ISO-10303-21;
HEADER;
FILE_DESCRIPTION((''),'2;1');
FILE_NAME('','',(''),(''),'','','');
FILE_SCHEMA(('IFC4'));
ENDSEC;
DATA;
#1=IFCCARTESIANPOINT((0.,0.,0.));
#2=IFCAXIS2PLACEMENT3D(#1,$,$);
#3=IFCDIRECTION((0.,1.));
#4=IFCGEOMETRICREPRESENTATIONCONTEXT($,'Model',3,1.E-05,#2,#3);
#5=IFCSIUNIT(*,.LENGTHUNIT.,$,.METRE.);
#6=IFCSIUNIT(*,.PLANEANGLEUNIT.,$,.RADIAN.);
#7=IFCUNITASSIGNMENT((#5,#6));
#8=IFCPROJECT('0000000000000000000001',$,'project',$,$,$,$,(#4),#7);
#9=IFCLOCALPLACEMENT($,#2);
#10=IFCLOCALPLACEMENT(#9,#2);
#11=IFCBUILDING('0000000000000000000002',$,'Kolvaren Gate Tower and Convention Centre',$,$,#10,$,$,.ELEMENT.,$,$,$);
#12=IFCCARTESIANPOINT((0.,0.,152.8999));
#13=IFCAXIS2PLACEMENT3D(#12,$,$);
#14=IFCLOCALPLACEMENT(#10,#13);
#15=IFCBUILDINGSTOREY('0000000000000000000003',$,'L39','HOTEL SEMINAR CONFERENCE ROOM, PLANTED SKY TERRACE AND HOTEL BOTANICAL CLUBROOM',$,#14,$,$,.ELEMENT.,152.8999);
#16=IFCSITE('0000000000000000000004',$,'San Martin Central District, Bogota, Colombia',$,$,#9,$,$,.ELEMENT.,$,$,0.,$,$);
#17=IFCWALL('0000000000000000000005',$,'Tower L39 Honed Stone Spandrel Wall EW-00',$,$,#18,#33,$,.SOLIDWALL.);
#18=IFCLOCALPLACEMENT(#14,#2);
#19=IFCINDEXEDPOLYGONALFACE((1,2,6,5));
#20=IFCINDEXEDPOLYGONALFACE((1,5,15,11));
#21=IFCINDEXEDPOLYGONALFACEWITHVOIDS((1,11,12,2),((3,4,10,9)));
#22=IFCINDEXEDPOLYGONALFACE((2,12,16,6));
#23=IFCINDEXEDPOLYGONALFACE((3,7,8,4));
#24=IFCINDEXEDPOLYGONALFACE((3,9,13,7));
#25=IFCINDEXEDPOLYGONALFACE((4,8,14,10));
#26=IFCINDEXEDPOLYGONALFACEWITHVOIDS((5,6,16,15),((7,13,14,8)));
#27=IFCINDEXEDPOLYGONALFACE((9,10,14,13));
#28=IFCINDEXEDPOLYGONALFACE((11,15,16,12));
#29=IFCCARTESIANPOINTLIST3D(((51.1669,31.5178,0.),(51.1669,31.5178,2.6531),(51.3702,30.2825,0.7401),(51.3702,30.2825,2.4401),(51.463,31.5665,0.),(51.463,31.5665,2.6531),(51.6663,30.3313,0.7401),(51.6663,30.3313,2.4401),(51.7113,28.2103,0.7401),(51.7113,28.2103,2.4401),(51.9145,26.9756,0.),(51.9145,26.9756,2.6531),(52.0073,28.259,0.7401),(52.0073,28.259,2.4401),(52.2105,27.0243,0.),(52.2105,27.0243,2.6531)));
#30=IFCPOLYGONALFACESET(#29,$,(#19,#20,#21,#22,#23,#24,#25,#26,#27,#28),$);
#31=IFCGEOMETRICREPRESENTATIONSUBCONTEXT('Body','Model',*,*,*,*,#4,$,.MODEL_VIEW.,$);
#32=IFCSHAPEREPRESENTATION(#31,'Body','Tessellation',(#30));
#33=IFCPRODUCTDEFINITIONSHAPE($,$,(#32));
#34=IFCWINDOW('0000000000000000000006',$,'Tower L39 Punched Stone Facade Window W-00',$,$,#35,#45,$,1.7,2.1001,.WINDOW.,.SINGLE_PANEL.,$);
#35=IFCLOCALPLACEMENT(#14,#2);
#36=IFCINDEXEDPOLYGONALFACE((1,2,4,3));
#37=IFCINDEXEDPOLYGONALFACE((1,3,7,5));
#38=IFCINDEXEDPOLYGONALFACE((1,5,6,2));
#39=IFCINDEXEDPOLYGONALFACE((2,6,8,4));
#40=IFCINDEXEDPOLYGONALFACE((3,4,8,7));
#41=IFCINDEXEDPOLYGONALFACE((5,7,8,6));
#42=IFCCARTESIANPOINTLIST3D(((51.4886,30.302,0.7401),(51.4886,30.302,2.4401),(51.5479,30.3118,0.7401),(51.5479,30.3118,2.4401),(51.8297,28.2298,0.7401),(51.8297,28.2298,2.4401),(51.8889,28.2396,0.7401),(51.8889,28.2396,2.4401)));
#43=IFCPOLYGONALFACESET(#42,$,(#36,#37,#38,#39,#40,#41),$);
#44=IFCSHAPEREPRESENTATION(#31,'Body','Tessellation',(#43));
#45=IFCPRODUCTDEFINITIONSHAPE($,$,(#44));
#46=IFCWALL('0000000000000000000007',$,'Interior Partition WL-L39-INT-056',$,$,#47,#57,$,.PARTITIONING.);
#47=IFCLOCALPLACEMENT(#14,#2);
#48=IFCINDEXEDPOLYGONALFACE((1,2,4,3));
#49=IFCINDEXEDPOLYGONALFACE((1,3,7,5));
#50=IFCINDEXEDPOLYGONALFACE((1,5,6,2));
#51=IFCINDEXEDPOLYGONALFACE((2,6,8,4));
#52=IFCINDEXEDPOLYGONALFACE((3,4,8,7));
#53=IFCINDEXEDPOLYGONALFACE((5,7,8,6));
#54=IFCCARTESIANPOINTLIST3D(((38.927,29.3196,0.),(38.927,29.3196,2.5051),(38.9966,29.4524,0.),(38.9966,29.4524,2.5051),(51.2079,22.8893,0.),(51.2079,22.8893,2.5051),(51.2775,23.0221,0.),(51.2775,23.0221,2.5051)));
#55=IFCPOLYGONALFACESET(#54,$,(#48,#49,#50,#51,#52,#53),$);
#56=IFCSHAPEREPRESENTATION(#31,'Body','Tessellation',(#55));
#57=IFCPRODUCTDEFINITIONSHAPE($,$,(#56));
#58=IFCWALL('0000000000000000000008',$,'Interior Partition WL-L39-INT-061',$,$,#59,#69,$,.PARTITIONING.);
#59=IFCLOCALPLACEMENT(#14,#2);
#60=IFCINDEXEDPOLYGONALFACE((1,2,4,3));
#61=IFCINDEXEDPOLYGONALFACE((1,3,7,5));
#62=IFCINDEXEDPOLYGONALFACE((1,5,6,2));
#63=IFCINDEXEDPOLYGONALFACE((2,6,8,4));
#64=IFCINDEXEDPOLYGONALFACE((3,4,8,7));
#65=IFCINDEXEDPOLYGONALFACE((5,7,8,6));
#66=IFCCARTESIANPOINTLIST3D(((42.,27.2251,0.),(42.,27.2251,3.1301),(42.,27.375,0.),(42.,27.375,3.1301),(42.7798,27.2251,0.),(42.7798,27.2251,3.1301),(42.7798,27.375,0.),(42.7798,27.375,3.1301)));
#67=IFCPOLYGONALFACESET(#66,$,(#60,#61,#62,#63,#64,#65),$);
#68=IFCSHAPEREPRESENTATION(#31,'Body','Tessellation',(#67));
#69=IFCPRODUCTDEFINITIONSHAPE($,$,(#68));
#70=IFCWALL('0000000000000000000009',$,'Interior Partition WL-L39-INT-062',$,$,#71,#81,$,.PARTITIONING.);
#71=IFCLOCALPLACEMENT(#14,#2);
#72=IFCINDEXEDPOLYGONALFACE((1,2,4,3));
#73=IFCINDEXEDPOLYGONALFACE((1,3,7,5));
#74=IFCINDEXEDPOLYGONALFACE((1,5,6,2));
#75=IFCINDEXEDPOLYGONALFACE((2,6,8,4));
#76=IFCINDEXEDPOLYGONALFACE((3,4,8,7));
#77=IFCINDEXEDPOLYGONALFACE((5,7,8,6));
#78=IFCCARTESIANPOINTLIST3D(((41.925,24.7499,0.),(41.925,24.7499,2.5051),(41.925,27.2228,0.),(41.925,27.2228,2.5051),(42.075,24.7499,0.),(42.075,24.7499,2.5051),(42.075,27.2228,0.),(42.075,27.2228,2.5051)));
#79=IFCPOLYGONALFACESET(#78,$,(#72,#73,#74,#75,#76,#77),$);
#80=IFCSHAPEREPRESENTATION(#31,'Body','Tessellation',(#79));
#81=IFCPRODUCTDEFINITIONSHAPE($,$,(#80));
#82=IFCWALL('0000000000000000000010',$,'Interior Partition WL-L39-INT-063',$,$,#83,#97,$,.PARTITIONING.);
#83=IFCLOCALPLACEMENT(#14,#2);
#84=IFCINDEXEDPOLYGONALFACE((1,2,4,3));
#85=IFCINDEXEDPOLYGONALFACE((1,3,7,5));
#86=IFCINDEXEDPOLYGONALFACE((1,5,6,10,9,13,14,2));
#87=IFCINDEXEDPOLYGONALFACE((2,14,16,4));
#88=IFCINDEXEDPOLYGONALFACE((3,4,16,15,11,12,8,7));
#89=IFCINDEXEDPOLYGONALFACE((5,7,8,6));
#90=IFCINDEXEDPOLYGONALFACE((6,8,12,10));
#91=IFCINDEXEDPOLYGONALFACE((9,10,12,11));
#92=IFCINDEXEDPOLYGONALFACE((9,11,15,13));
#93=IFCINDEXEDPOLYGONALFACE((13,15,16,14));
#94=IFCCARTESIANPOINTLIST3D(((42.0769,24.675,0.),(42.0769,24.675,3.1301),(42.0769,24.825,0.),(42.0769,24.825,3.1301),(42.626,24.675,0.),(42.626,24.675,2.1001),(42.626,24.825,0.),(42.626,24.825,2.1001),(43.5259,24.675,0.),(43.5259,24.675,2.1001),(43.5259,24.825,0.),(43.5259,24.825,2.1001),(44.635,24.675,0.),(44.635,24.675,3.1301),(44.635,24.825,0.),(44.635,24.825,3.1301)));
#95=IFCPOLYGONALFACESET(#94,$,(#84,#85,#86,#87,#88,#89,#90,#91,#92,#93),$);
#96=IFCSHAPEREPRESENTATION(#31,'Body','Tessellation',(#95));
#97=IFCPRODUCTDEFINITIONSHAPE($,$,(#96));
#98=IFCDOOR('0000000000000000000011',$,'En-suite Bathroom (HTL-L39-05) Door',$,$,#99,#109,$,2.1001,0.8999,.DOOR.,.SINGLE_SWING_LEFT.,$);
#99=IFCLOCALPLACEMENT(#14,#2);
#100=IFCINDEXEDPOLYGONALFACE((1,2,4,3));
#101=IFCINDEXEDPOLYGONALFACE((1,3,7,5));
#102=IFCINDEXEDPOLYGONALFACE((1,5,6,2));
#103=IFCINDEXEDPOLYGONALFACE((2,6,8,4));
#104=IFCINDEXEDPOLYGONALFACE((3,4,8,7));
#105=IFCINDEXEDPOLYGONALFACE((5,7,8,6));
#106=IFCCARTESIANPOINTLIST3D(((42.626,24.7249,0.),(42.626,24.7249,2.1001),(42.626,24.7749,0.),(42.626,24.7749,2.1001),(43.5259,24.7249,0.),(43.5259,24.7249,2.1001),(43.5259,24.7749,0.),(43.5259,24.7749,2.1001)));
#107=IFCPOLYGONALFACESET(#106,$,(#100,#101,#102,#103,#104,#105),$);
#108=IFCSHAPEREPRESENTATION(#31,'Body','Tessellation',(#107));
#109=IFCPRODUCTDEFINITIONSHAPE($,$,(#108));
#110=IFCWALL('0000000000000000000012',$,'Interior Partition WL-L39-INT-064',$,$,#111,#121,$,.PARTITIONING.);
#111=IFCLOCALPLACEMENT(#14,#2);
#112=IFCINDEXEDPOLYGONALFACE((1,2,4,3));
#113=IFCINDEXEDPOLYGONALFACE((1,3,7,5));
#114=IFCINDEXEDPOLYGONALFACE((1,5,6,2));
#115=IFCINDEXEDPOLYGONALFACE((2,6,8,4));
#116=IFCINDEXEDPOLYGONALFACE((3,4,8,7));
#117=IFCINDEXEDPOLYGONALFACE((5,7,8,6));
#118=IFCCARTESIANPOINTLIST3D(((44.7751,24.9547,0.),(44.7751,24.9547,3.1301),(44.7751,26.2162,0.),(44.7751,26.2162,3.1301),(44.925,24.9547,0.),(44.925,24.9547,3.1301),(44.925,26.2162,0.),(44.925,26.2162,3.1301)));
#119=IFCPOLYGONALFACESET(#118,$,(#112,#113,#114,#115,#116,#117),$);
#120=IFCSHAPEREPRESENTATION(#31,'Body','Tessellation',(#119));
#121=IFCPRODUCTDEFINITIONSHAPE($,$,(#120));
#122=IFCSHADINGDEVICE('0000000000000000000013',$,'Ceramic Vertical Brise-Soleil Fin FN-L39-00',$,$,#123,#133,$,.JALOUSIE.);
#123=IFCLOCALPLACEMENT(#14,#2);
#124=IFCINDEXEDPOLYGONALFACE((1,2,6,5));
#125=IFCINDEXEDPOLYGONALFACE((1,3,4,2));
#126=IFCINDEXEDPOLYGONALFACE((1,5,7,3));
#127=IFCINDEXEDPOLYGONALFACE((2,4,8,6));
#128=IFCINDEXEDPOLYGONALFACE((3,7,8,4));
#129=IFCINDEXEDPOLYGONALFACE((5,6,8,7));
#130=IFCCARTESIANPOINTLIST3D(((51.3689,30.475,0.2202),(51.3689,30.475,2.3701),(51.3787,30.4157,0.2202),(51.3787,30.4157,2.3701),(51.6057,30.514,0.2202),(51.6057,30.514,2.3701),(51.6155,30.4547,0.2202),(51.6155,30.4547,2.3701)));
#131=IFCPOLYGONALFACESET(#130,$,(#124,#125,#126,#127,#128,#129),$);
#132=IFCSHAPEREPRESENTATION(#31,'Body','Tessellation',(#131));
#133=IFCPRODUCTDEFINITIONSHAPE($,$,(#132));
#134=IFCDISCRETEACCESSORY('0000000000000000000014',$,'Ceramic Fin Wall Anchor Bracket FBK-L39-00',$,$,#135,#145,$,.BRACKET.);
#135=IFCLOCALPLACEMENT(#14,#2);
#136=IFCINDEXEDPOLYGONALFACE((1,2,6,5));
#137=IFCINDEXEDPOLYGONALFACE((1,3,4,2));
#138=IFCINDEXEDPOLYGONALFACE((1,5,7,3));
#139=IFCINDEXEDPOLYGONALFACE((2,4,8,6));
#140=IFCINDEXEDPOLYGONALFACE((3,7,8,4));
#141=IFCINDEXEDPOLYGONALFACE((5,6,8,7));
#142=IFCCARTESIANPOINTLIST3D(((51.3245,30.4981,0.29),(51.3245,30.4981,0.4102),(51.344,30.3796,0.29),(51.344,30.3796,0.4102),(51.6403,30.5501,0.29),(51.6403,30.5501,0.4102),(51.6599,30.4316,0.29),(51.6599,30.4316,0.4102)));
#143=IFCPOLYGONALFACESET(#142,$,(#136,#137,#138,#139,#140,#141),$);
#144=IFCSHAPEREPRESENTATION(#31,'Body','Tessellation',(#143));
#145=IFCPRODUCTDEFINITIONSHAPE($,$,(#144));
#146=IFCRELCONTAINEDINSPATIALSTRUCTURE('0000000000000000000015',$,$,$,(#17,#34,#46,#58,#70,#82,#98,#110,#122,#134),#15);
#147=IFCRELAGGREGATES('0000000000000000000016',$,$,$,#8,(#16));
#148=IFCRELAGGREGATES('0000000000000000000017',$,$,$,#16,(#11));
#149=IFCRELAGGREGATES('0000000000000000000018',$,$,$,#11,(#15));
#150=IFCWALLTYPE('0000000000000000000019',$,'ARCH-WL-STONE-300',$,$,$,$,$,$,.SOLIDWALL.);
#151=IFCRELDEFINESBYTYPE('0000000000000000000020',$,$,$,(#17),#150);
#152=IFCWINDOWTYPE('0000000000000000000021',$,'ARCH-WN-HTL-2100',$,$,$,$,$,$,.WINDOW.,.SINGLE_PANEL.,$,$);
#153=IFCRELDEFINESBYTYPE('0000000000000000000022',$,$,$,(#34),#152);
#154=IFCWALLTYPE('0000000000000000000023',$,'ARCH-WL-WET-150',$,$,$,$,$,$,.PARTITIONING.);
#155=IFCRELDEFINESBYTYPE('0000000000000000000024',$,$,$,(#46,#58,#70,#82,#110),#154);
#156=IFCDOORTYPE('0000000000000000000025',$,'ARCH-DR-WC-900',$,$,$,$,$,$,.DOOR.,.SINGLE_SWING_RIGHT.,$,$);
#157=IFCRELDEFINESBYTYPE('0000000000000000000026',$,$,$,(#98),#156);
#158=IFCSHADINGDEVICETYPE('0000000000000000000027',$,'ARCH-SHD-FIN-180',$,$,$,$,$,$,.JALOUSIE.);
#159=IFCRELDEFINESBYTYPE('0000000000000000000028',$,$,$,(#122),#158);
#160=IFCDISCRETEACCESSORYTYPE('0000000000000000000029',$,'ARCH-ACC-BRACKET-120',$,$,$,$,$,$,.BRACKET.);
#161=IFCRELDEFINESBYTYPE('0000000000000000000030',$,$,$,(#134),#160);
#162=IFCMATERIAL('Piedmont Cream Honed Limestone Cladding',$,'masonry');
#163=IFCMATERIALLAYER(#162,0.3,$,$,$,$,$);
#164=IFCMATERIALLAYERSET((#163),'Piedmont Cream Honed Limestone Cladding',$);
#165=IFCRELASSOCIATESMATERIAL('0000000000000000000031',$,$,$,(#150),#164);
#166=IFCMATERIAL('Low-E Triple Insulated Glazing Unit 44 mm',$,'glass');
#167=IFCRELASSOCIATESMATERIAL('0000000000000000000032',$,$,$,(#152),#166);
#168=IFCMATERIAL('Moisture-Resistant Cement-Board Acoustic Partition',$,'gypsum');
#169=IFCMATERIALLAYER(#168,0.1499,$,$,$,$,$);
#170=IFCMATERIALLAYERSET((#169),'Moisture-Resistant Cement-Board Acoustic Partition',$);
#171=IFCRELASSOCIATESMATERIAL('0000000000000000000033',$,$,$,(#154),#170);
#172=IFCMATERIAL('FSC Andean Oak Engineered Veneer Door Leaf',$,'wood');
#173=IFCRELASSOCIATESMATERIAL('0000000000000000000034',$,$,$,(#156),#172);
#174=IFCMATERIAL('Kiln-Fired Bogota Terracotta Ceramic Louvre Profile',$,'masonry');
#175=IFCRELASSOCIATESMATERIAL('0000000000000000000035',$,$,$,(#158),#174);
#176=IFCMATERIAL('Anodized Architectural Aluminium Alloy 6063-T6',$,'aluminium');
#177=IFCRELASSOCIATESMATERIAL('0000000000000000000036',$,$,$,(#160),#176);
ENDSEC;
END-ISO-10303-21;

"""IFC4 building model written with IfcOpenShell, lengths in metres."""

from ifc_helpers import new_model, si_unit, direction, frame, frame_2d, origin, origin_2d, place, context, subcontext, project, spatial, rectangle, extrude, material, layer, layer_set, type_object, element, fill, save


model = new_model("IFC4")

# Units and contexts
model_context = context("Model", 3, precision=1e-05, world=origin(), true_north=direction((0.0, 1.0)))
body_context = subcontext(model_context, "Body", "Model", "MODEL_VIEW")
ifc_project = project(units=[si_unit("LENGTHUNIT", "METRE"), si_unit("PLANEANGLEUNIT", "RADIAN")], contexts=[model_context])

# Site, building, storey
site_placement = place(None, origin())
site = spatial("IfcSite", under=ifc_project, at=site_placement, Name="San Martin Central District, Bogota, Colombia", CompositionType="ELEMENT", RefElevation=0.0)
building_placement = place(site_placement, origin())
building = spatial("IfcBuilding", under=site, at=building_placement, Name="Kolvaren Gate Tower and Convention Centre", CompositionType="ELEMENT")
storey_placement = place(building_placement, frame((0.0, 0.0, 152.8999)))
storey = spatial("IfcBuildingStorey", under=building, at=storey_placement, Name="L39", Description="HOTEL SEMINAR CONFERENCE ROOM, PLANTED SKY TERRACE AND HOTEL BOTANICAL CLUBROOM", CompositionType="ELEMENT", Elevation=152.8999)

# Wall, opening, window
ifc_material_1 = material(Name="Piedmont Cream Honed Limestone Cladding", Category="masonry")
ifc_layer_1 = layer(ifc_material_1, 0.3)
ifc_layer_set_1 = layer_set([ifc_layer_1], Name="Piedmont Cream Honed Limestone Cladding")
wall_type_1 = type_object("IfcWallType", Name="ARCH-WL-STONE-300", PredefinedType="SOLIDWALL", material=ifc_layer_set_1)
wall_1_placement = place(storey_placement, frame((51.3149, 31.5422, 0.0), z_axis=(0.0, 0.0, 1.0), x_axis=(0.162395, -0.986726, 0.0)))
wall_1 = element("IfcWall", 1, at=wall_1_placement, inside=storey, type_object=wall_type_1, Name="Tower L39 Honed Stone Spandrel Wall EW-00", PredefinedType="SOLIDWALL", context=body_context, shape_type="SweptSolid", body=[
    extrude(rectangle(XDim=4.6033, YDim=0.3, at=frame_2d((2.3018, 0.0))), origin(), (0.0, 0.0, 1.0), 2.6531),
])
opening_1_placement = place(wall_1_placement, frame((1.252, 0.0, 0.74)))
opening_1 = element("IfcOpeningElement", 2, at=opening_1_placement, cuts=wall_1, PredefinedType="OPENING", context=body_context, shape_type="SweptSolid", body=[
    extrude(rectangle(XDim=2.1001, YDim=1.7, at=frame_2d((1.05, 0.8501))), frame((0.0, 0.1599, 0.0), z_axis=(0.0, -1.0, 0.0), x_axis=(1.0, 0.0, 0.0)), (0.0, 0.0, 1.0), 0.3201),
])
ifc_material_2 = material(Name="Low-E Triple Insulated Glazing Unit 44 mm", Category="glass")
window_type = type_object("IfcWindowType", Name="ARCH-WN-HTL-2100", PartitioningType="SINGLE_PANEL", PredefinedType="WINDOW", material=ifc_material_2)
window_placement = place(opening_1_placement, origin())
window = element("IfcWindow", 3, at=window_placement, inside=storey, type_object=window_type, Name="Tower L39 Punched Stone Facade Window W-00", OverallHeight=1.7, OverallWidth=2.1001, PartitioningType="SINGLE_PANEL", PredefinedType="WINDOW", context=body_context, shape_type="SweptSolid", body=[
    extrude(rectangle(XDim=2.1001, YDim=1.7, at=frame_2d((1.05, 0.8501))), frame((0.0, 0.03, 0.0), z_axis=(0.0, -1.0, 0.0), x_axis=(1.0, 0.0, 0.0)), (0.0, 0.0, 1.0), 0.0601),
])
fill(opening_1, window)

# Walls
ifc_material_3 = material(Name="Moisture-Resistant Cement-Board Acoustic Partition", Category="gypsum")
ifc_layer_2 = layer(ifc_material_3, 0.1499)
ifc_layer_set_2 = layer_set([ifc_layer_2], Name="Moisture-Resistant Cement-Board Acoustic Partition")
wall_type_2 = type_object("IfcWallType", Name="ARCH-WL-WET-150", PredefinedType="PARTITIONING", material=ifc_layer_set_2)
wall_2_placement = place(storey_placement, frame((38.9619, 29.386, 0.0), z_axis=(0.0, 0.0, 1.0), x_axis=(0.885905, -0.463866, 0.0)))
element("IfcWall", 4, at=wall_2_placement, inside=storey, type_object=wall_type_2, Name="Interior Partition WL-L39-INT-056", PredefinedType="PARTITIONING", context=body_context, shape_type="SweptSolid", body=[
    extrude(rectangle(XDim=13.8625, YDim=0.1499, at=frame_2d((6.9312, 0.0))), origin(), (0.0, 0.0, 1.0), 2.5051),
])
wall_3_placement = place(storey_placement, frame((42.0, 27.3, 0.0), z_axis=(0.0, 0.0, 1.0), x_axis=(1.0, 0.0, 0.0)))
element("IfcWall", 5, at=wall_3_placement, inside=storey, type_object=wall_type_2, Name="Interior Partition WL-L39-INT-061", PredefinedType="PARTITIONING", context=body_context, shape_type="SweptSolid", body=[
    extrude(rectangle(XDim=0.7798, YDim=0.1499, at=frame_2d((0.3899, 0.0))), origin(), (0.0, 0.0, 1.0), 3.1301),
])
wall_4_placement = place(storey_placement, frame((42.0, 24.75, 0.0), z_axis=(0.0, 0.0, 1.0), x_axis=(0.0, 1.0, 0.0)))
element("IfcWall", 6, at=wall_4_placement, inside=storey, type_object=wall_type_2, Name="Interior Partition WL-L39-INT-062", PredefinedType="PARTITIONING", context=body_context, shape_type="SweptSolid", body=[
    extrude(rectangle(XDim=2.4729, YDim=0.1499, at=frame_2d((1.2363, 0.0))), origin(), (0.0, 0.0, 1.0), 2.5051),
])

# Wall, opening, door
wall_5_placement = place(storey_placement, frame((42.0769, 24.75, 0.0), z_axis=(0.0, 0.0, 1.0), x_axis=(1.0, 0.0, 0.0)))
wall_5 = element("IfcWall", 7, at=wall_5_placement, inside=storey, type_object=wall_type_2, Name="Interior Partition WL-L39-INT-063", PredefinedType="PARTITIONING", context=body_context, shape_type="SweptSolid", body=[
    extrude(rectangle(XDim=2.5581, YDim=0.1499, at=frame_2d((1.2791, 0.0))), origin(), (0.0, 0.0, 1.0), 3.1301),
])
opening_2_placement = place(wall_5_placement, frame((0.5491, 0.0, 0.0)))
opening_2 = element("IfcOpeningElement", 8, at=opening_2_placement, cuts=wall_5, PredefinedType="OPENING", context=body_context, shape_type="SweptSolid", body=[
    extrude(rectangle(XDim=0.8999, YDim=2.1001, at=frame_2d((0.45, 1.05))), frame((0.0, 0.085, 0.0), z_axis=(0.0, -1.0, 0.0), x_axis=(1.0, 0.0, 0.0)), (0.0, 0.0, 1.0), 0.1699),
])
ifc_material_4 = material(Name="FSC Andean Oak Engineered Veneer Door Leaf", Category="wood")
door_type = type_object("IfcDoorType", Name="ARCH-DR-WC-900", OperationType="SINGLE_SWING_RIGHT", PredefinedType="DOOR", material=ifc_material_4)
door_placement = place(opening_2_placement, origin())
door = element("IfcDoor", 9, at=door_placement, inside=storey, type_object=door_type, Name="En-suite Bathroom (HTL-L39-05) Door", OperationType="SINGLE_SWING_LEFT", OverallHeight=2.1001, OverallWidth=0.8999, PredefinedType="DOOR", context=body_context, shape_type="SweptSolid", body=[
    extrude(rectangle(XDim=0.8999, YDim=2.1001, at=frame_2d((0.45, 1.05))), frame((0.0, 0.0249, 0.0), z_axis=(0.0, -1.0, 0.0), x_axis=(1.0, 0.0, 0.0)), (0.0, 0.0, 1.0), 0.05),
])
fill(opening_2, door)

# Wall
wall_6_placement = place(storey_placement, frame((44.8501, 24.9546, 0.0), z_axis=(0.0, 0.0, 1.0), x_axis=(0.0, 1.0, 0.0)))
element("IfcWall", 10, at=wall_6_placement, inside=storey, type_object=wall_type_2, Name="Interior Partition WL-L39-INT-064", PredefinedType="PARTITIONING", context=body_context, shape_type="SweptSolid", body=[
    extrude(rectangle(XDim=1.2615, YDim=0.1499, at=frame_2d((0.6309, 0.0))), origin(), (0.0, 0.0, 1.0), 3.1301),
])

# Shading device
ifc_material_5 = material(Name="Kiln-Fired Bogota Terracotta Ceramic Louvre Profile", Category="masonry")
shading_device_type = type_object("IfcShadingDeviceType", Name="ARCH-SHD-FIN-180", PredefinedType="JALOUSIE", material=ifc_material_5)
shading_device_placement = place(storey_placement, frame((51.4922, 30.4648, 0.2202), z_axis=(0.0, 0.0, 1.0), x_axis=(0.162381, -0.986728, 0.0)))
element("IfcShadingDevice", 11, at=shading_device_placement, inside=storey, type_object=shading_device_type, Name="Ceramic Vertical Brise-Soleil Fin FN-L39-00", PredefinedType="JALOUSIE", context=body_context, shape_type="SweptSolid", body=[
    extrude(rectangle(XDim=0.0601, YDim=0.24, at=origin_2d()), origin(), (0.0, 0.0, 1.0), 2.1499),
])

# Discrete accessory
ifc_material_6 = material(Name="Anodized Architectural Aluminium Alloy 6063-T6", Category="aluminium")
discrete_accessory_type = type_object("IfcDiscreteAccessoryType", Name="ARCH-ACC-BRACKET-120", PredefinedType="BRACKET", material=ifc_material_6)
discrete_accessory_placement = place(storey_placement, frame((51.4922, 30.4648, 0.29), z_axis=(0.0, 0.0, 1.0), x_axis=(0.162381, -0.986728, 0.0)))
element("IfcDiscreteAccessory", 12, at=discrete_accessory_placement, inside=storey, type_object=discrete_accessory_type, Name="Ceramic Fin Wall Anchor Bracket FBK-L39-00", PredefinedType="BRACKET", context=body_context, shape_type="SweptSolid", body=[
    extrude(rectangle(XDim=0.1201, YDim=0.3201, at=origin_2d()), origin(), (0.0, 0.0, 1.0), 0.1201),
])

save(model, "model.ifc")
